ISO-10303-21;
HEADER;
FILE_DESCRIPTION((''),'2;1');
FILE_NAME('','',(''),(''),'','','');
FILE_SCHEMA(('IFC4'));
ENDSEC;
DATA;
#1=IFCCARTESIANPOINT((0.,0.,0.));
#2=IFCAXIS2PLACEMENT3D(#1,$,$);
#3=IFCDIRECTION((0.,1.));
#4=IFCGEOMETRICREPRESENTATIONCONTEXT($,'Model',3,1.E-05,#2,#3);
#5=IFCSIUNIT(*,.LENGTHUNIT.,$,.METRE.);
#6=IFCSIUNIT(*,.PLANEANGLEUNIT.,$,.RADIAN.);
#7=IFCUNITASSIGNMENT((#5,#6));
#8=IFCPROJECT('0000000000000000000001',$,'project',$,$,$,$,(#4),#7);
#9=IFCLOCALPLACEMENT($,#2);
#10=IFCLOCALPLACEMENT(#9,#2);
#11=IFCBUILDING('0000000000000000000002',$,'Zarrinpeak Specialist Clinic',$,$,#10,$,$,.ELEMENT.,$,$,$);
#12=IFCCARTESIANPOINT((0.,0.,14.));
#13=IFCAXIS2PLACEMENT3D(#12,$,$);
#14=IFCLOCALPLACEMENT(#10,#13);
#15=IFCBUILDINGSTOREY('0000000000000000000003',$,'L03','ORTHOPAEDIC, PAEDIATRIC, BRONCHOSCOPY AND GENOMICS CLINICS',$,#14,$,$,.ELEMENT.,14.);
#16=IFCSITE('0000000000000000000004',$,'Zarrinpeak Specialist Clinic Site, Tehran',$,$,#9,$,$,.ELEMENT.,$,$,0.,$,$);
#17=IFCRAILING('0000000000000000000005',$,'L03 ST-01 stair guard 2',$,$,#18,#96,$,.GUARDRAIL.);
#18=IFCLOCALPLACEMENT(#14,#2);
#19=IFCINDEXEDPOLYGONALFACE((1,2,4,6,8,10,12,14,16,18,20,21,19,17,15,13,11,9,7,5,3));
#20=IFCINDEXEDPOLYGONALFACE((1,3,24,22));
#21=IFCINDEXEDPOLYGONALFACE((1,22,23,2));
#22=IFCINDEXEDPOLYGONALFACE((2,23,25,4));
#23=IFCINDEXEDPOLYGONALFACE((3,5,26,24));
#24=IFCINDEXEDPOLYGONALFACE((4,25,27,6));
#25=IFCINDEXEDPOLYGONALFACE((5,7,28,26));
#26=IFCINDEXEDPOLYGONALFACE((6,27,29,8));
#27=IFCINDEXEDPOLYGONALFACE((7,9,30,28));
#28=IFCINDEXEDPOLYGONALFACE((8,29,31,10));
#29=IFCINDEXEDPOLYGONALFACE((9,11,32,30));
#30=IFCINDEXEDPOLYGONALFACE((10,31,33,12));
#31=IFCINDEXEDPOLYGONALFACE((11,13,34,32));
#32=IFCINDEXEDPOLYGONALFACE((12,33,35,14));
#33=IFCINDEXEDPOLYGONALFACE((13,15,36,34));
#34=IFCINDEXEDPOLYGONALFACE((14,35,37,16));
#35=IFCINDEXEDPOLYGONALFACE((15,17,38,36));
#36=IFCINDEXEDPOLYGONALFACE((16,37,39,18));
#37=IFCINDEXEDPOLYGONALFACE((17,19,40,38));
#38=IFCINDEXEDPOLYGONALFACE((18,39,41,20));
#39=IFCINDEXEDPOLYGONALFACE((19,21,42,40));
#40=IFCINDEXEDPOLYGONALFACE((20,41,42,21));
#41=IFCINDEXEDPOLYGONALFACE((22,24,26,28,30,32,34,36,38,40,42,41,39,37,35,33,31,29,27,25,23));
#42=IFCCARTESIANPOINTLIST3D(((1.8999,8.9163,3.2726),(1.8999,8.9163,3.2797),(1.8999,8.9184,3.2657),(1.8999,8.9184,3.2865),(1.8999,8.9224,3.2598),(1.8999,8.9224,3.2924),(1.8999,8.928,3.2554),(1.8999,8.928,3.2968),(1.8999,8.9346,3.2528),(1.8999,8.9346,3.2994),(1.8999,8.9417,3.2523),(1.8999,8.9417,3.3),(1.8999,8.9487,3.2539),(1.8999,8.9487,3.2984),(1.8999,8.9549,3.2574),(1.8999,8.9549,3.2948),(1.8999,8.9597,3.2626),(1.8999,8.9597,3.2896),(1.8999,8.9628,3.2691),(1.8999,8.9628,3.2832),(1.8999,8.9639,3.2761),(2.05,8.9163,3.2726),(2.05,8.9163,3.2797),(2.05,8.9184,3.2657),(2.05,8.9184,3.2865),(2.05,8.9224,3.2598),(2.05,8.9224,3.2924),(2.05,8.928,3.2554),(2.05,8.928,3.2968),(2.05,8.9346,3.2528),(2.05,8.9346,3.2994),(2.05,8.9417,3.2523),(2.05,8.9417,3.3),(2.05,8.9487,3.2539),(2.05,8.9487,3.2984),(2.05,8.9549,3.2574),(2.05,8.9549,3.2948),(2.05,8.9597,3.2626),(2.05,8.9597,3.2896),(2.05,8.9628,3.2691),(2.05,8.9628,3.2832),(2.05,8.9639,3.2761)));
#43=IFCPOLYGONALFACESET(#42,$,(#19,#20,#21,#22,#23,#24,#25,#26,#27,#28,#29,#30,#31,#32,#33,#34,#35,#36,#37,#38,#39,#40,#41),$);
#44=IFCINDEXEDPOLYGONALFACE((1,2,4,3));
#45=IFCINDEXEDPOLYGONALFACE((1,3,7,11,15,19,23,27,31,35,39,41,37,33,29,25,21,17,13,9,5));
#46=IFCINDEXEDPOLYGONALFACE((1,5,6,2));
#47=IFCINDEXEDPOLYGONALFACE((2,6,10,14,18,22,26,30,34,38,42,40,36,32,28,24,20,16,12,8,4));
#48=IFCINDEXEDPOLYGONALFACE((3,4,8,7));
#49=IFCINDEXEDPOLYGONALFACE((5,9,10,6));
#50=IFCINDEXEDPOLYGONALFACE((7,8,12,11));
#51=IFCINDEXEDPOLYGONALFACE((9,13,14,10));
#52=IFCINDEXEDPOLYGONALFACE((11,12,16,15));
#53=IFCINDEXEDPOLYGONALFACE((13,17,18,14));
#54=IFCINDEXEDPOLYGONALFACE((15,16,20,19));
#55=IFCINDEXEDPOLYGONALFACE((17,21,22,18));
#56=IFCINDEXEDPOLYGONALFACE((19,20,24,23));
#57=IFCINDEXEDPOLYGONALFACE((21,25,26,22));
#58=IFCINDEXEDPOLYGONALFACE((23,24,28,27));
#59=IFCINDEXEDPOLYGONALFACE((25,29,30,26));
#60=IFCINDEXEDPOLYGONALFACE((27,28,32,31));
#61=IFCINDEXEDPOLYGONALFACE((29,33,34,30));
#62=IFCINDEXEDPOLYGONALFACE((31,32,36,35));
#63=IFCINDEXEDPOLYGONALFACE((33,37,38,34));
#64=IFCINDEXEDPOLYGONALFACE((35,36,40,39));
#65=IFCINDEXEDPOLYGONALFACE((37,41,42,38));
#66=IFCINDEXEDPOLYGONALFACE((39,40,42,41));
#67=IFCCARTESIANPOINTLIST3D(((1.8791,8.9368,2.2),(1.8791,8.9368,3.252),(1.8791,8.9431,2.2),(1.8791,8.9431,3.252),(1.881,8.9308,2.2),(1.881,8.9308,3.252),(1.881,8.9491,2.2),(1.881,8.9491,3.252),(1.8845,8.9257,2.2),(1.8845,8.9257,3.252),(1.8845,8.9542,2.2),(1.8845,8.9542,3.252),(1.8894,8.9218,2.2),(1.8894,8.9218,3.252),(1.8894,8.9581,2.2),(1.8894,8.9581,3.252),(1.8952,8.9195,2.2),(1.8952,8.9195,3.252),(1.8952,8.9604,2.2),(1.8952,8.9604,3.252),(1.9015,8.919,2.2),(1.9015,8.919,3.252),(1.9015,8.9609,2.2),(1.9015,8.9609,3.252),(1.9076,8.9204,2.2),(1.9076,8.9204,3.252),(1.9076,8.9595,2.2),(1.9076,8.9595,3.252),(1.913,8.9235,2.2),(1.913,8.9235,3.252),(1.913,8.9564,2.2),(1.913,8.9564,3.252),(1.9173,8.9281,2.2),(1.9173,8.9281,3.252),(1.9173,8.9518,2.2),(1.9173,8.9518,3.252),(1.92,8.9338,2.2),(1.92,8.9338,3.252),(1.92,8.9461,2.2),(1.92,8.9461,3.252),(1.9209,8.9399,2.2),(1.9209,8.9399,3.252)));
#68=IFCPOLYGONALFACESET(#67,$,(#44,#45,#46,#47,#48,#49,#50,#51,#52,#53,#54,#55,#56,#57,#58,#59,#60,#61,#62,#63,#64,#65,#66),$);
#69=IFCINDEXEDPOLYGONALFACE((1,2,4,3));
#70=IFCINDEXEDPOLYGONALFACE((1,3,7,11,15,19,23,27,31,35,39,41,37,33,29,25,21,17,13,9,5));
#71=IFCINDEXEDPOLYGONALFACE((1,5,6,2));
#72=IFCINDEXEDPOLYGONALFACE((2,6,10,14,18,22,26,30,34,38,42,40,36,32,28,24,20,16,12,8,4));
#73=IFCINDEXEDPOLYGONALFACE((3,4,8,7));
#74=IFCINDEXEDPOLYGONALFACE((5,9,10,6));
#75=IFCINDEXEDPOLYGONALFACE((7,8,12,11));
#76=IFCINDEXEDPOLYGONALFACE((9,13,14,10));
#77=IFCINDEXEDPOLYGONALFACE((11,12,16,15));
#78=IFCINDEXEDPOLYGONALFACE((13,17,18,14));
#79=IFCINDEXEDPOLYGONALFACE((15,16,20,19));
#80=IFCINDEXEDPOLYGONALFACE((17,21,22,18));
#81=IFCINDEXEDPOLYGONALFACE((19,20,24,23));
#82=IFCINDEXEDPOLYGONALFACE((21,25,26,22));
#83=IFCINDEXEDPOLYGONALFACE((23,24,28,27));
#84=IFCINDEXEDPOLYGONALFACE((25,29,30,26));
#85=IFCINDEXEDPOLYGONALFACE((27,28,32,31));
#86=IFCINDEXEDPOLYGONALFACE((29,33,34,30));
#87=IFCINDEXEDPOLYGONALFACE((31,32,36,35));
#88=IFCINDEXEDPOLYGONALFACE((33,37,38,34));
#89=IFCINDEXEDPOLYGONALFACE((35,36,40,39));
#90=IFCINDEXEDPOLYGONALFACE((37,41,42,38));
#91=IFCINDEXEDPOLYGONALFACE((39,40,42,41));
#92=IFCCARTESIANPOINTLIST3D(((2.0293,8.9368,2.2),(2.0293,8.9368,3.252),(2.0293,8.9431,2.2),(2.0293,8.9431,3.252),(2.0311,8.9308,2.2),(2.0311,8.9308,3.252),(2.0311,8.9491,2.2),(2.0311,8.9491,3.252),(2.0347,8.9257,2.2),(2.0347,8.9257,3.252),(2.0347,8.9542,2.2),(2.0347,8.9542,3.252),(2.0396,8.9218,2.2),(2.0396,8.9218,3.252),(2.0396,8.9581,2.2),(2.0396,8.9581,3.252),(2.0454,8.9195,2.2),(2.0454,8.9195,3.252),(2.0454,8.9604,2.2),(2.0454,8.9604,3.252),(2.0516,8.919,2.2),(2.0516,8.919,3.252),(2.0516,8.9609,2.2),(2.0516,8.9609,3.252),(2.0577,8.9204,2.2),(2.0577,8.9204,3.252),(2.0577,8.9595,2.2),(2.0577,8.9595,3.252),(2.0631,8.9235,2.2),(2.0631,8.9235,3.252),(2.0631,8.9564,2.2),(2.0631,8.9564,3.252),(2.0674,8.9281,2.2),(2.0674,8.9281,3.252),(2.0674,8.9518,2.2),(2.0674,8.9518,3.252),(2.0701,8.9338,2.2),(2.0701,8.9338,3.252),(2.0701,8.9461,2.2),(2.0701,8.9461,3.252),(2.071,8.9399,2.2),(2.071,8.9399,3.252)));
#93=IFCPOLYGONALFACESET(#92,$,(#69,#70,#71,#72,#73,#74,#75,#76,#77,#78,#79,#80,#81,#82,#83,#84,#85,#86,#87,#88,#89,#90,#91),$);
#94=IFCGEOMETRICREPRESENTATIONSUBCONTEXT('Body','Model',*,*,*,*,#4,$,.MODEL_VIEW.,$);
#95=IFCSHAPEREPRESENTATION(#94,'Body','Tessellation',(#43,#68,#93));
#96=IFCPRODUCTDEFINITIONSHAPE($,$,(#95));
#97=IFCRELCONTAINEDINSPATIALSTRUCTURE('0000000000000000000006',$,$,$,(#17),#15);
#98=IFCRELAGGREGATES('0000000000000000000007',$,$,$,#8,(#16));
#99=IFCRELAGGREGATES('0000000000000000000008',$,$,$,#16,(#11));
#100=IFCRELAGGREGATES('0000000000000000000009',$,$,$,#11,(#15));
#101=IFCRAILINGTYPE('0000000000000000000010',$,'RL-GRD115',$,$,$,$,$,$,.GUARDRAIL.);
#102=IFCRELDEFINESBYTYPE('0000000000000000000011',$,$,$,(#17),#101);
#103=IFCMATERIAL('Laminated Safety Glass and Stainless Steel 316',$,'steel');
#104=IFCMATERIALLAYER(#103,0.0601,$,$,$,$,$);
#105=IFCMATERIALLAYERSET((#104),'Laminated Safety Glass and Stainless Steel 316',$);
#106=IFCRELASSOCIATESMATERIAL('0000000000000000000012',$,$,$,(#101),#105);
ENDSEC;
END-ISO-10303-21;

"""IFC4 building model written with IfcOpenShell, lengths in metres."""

from ifc_helpers import new_model, si_unit, direction, frame, origin, origin_2d, place, context, subcontext, project, spatial, circle, extrude, material, layer, layer_set, type_object, element, save


model = new_model("IFC4")

# Units and contexts
model_context = context("Model", 3, precision=1e-05, world=origin(), true_north=direction((0.0, 1.0)))
body_context = subcontext(model_context, "Body", "Model", "MODEL_VIEW")
ifc_project = project(units=[si_unit("LENGTHUNIT", "METRE"), si_unit("PLANEANGLEUNIT", "RADIAN")], contexts=[model_context])

# Site, building, storey
site_placement = place(None, origin())
site = spatial("IfcSite", under=ifc_project, at=site_placement, Name="Zarrinpeak Specialist Clinic Site, Tehran", CompositionType="ELEMENT", RefElevation=0.0)
building_placement = place(site_placement, origin())
building = spatial("IfcBuilding", under=site, at=building_placement, Name="Zarrinpeak Specialist Clinic", CompositionType="ELEMENT")
storey_placement = place(building_placement, frame((0.0, 0.0, 14.0)))
storey = spatial("IfcBuildingStorey", under=building, at=storey_placement, Name="L03", Description="ORTHOPAEDIC, PAEDIATRIC, BRONCHOSCOPY AND GENOMICS CLINICS", CompositionType="ELEMENT", Elevation=14.0)

# Railing
ifc_material_1 = material(Name="Laminated Safety Glass and Stainless Steel 316", Category="steel")
ifc_layer_1 = layer(ifc_material_1, 0.0601)
ifc_layer_set_1 = layer_set([ifc_layer_1], Name="Laminated Safety Glass and Stainless Steel 316")
railing_type = type_object("IfcRailingType", Name="RL-GRD115", PredefinedType="GUARDRAIL", material=ifc_layer_set_1)
railing_1_placement = place(storey_placement, frame((1.8999, 8.9399, 2.2)))
element("IfcRailing", 1, at=railing_1_placement, inside=storey, type_object=railing_type, Name="L03 ST-01 stair guard 2", PredefinedType="GUARDRAIL", context=body_context, shape_type="SweptSolid", body=[
    extrude(circle(Radius=0.0239, at=origin_2d()), frame((0.0, 0.0, 1.0762), z_axis=(1.0, 0.0, 0.0), x_axis=(0.0, 1.0, 0.0)), (0.0, 0.0, 1.0), 0.1501),
    extrude(circle(Radius=0.021, at=origin_2d()), origin(), (0.0, 0.0, 1.0), 1.052),
    extrude(circle(Radius=0.021, at=origin_2d()), frame((0.1501, 0.0, 0.0)), (0.0, 0.0, 1.0), 1.052),
])

save(model, "model.ifc")
